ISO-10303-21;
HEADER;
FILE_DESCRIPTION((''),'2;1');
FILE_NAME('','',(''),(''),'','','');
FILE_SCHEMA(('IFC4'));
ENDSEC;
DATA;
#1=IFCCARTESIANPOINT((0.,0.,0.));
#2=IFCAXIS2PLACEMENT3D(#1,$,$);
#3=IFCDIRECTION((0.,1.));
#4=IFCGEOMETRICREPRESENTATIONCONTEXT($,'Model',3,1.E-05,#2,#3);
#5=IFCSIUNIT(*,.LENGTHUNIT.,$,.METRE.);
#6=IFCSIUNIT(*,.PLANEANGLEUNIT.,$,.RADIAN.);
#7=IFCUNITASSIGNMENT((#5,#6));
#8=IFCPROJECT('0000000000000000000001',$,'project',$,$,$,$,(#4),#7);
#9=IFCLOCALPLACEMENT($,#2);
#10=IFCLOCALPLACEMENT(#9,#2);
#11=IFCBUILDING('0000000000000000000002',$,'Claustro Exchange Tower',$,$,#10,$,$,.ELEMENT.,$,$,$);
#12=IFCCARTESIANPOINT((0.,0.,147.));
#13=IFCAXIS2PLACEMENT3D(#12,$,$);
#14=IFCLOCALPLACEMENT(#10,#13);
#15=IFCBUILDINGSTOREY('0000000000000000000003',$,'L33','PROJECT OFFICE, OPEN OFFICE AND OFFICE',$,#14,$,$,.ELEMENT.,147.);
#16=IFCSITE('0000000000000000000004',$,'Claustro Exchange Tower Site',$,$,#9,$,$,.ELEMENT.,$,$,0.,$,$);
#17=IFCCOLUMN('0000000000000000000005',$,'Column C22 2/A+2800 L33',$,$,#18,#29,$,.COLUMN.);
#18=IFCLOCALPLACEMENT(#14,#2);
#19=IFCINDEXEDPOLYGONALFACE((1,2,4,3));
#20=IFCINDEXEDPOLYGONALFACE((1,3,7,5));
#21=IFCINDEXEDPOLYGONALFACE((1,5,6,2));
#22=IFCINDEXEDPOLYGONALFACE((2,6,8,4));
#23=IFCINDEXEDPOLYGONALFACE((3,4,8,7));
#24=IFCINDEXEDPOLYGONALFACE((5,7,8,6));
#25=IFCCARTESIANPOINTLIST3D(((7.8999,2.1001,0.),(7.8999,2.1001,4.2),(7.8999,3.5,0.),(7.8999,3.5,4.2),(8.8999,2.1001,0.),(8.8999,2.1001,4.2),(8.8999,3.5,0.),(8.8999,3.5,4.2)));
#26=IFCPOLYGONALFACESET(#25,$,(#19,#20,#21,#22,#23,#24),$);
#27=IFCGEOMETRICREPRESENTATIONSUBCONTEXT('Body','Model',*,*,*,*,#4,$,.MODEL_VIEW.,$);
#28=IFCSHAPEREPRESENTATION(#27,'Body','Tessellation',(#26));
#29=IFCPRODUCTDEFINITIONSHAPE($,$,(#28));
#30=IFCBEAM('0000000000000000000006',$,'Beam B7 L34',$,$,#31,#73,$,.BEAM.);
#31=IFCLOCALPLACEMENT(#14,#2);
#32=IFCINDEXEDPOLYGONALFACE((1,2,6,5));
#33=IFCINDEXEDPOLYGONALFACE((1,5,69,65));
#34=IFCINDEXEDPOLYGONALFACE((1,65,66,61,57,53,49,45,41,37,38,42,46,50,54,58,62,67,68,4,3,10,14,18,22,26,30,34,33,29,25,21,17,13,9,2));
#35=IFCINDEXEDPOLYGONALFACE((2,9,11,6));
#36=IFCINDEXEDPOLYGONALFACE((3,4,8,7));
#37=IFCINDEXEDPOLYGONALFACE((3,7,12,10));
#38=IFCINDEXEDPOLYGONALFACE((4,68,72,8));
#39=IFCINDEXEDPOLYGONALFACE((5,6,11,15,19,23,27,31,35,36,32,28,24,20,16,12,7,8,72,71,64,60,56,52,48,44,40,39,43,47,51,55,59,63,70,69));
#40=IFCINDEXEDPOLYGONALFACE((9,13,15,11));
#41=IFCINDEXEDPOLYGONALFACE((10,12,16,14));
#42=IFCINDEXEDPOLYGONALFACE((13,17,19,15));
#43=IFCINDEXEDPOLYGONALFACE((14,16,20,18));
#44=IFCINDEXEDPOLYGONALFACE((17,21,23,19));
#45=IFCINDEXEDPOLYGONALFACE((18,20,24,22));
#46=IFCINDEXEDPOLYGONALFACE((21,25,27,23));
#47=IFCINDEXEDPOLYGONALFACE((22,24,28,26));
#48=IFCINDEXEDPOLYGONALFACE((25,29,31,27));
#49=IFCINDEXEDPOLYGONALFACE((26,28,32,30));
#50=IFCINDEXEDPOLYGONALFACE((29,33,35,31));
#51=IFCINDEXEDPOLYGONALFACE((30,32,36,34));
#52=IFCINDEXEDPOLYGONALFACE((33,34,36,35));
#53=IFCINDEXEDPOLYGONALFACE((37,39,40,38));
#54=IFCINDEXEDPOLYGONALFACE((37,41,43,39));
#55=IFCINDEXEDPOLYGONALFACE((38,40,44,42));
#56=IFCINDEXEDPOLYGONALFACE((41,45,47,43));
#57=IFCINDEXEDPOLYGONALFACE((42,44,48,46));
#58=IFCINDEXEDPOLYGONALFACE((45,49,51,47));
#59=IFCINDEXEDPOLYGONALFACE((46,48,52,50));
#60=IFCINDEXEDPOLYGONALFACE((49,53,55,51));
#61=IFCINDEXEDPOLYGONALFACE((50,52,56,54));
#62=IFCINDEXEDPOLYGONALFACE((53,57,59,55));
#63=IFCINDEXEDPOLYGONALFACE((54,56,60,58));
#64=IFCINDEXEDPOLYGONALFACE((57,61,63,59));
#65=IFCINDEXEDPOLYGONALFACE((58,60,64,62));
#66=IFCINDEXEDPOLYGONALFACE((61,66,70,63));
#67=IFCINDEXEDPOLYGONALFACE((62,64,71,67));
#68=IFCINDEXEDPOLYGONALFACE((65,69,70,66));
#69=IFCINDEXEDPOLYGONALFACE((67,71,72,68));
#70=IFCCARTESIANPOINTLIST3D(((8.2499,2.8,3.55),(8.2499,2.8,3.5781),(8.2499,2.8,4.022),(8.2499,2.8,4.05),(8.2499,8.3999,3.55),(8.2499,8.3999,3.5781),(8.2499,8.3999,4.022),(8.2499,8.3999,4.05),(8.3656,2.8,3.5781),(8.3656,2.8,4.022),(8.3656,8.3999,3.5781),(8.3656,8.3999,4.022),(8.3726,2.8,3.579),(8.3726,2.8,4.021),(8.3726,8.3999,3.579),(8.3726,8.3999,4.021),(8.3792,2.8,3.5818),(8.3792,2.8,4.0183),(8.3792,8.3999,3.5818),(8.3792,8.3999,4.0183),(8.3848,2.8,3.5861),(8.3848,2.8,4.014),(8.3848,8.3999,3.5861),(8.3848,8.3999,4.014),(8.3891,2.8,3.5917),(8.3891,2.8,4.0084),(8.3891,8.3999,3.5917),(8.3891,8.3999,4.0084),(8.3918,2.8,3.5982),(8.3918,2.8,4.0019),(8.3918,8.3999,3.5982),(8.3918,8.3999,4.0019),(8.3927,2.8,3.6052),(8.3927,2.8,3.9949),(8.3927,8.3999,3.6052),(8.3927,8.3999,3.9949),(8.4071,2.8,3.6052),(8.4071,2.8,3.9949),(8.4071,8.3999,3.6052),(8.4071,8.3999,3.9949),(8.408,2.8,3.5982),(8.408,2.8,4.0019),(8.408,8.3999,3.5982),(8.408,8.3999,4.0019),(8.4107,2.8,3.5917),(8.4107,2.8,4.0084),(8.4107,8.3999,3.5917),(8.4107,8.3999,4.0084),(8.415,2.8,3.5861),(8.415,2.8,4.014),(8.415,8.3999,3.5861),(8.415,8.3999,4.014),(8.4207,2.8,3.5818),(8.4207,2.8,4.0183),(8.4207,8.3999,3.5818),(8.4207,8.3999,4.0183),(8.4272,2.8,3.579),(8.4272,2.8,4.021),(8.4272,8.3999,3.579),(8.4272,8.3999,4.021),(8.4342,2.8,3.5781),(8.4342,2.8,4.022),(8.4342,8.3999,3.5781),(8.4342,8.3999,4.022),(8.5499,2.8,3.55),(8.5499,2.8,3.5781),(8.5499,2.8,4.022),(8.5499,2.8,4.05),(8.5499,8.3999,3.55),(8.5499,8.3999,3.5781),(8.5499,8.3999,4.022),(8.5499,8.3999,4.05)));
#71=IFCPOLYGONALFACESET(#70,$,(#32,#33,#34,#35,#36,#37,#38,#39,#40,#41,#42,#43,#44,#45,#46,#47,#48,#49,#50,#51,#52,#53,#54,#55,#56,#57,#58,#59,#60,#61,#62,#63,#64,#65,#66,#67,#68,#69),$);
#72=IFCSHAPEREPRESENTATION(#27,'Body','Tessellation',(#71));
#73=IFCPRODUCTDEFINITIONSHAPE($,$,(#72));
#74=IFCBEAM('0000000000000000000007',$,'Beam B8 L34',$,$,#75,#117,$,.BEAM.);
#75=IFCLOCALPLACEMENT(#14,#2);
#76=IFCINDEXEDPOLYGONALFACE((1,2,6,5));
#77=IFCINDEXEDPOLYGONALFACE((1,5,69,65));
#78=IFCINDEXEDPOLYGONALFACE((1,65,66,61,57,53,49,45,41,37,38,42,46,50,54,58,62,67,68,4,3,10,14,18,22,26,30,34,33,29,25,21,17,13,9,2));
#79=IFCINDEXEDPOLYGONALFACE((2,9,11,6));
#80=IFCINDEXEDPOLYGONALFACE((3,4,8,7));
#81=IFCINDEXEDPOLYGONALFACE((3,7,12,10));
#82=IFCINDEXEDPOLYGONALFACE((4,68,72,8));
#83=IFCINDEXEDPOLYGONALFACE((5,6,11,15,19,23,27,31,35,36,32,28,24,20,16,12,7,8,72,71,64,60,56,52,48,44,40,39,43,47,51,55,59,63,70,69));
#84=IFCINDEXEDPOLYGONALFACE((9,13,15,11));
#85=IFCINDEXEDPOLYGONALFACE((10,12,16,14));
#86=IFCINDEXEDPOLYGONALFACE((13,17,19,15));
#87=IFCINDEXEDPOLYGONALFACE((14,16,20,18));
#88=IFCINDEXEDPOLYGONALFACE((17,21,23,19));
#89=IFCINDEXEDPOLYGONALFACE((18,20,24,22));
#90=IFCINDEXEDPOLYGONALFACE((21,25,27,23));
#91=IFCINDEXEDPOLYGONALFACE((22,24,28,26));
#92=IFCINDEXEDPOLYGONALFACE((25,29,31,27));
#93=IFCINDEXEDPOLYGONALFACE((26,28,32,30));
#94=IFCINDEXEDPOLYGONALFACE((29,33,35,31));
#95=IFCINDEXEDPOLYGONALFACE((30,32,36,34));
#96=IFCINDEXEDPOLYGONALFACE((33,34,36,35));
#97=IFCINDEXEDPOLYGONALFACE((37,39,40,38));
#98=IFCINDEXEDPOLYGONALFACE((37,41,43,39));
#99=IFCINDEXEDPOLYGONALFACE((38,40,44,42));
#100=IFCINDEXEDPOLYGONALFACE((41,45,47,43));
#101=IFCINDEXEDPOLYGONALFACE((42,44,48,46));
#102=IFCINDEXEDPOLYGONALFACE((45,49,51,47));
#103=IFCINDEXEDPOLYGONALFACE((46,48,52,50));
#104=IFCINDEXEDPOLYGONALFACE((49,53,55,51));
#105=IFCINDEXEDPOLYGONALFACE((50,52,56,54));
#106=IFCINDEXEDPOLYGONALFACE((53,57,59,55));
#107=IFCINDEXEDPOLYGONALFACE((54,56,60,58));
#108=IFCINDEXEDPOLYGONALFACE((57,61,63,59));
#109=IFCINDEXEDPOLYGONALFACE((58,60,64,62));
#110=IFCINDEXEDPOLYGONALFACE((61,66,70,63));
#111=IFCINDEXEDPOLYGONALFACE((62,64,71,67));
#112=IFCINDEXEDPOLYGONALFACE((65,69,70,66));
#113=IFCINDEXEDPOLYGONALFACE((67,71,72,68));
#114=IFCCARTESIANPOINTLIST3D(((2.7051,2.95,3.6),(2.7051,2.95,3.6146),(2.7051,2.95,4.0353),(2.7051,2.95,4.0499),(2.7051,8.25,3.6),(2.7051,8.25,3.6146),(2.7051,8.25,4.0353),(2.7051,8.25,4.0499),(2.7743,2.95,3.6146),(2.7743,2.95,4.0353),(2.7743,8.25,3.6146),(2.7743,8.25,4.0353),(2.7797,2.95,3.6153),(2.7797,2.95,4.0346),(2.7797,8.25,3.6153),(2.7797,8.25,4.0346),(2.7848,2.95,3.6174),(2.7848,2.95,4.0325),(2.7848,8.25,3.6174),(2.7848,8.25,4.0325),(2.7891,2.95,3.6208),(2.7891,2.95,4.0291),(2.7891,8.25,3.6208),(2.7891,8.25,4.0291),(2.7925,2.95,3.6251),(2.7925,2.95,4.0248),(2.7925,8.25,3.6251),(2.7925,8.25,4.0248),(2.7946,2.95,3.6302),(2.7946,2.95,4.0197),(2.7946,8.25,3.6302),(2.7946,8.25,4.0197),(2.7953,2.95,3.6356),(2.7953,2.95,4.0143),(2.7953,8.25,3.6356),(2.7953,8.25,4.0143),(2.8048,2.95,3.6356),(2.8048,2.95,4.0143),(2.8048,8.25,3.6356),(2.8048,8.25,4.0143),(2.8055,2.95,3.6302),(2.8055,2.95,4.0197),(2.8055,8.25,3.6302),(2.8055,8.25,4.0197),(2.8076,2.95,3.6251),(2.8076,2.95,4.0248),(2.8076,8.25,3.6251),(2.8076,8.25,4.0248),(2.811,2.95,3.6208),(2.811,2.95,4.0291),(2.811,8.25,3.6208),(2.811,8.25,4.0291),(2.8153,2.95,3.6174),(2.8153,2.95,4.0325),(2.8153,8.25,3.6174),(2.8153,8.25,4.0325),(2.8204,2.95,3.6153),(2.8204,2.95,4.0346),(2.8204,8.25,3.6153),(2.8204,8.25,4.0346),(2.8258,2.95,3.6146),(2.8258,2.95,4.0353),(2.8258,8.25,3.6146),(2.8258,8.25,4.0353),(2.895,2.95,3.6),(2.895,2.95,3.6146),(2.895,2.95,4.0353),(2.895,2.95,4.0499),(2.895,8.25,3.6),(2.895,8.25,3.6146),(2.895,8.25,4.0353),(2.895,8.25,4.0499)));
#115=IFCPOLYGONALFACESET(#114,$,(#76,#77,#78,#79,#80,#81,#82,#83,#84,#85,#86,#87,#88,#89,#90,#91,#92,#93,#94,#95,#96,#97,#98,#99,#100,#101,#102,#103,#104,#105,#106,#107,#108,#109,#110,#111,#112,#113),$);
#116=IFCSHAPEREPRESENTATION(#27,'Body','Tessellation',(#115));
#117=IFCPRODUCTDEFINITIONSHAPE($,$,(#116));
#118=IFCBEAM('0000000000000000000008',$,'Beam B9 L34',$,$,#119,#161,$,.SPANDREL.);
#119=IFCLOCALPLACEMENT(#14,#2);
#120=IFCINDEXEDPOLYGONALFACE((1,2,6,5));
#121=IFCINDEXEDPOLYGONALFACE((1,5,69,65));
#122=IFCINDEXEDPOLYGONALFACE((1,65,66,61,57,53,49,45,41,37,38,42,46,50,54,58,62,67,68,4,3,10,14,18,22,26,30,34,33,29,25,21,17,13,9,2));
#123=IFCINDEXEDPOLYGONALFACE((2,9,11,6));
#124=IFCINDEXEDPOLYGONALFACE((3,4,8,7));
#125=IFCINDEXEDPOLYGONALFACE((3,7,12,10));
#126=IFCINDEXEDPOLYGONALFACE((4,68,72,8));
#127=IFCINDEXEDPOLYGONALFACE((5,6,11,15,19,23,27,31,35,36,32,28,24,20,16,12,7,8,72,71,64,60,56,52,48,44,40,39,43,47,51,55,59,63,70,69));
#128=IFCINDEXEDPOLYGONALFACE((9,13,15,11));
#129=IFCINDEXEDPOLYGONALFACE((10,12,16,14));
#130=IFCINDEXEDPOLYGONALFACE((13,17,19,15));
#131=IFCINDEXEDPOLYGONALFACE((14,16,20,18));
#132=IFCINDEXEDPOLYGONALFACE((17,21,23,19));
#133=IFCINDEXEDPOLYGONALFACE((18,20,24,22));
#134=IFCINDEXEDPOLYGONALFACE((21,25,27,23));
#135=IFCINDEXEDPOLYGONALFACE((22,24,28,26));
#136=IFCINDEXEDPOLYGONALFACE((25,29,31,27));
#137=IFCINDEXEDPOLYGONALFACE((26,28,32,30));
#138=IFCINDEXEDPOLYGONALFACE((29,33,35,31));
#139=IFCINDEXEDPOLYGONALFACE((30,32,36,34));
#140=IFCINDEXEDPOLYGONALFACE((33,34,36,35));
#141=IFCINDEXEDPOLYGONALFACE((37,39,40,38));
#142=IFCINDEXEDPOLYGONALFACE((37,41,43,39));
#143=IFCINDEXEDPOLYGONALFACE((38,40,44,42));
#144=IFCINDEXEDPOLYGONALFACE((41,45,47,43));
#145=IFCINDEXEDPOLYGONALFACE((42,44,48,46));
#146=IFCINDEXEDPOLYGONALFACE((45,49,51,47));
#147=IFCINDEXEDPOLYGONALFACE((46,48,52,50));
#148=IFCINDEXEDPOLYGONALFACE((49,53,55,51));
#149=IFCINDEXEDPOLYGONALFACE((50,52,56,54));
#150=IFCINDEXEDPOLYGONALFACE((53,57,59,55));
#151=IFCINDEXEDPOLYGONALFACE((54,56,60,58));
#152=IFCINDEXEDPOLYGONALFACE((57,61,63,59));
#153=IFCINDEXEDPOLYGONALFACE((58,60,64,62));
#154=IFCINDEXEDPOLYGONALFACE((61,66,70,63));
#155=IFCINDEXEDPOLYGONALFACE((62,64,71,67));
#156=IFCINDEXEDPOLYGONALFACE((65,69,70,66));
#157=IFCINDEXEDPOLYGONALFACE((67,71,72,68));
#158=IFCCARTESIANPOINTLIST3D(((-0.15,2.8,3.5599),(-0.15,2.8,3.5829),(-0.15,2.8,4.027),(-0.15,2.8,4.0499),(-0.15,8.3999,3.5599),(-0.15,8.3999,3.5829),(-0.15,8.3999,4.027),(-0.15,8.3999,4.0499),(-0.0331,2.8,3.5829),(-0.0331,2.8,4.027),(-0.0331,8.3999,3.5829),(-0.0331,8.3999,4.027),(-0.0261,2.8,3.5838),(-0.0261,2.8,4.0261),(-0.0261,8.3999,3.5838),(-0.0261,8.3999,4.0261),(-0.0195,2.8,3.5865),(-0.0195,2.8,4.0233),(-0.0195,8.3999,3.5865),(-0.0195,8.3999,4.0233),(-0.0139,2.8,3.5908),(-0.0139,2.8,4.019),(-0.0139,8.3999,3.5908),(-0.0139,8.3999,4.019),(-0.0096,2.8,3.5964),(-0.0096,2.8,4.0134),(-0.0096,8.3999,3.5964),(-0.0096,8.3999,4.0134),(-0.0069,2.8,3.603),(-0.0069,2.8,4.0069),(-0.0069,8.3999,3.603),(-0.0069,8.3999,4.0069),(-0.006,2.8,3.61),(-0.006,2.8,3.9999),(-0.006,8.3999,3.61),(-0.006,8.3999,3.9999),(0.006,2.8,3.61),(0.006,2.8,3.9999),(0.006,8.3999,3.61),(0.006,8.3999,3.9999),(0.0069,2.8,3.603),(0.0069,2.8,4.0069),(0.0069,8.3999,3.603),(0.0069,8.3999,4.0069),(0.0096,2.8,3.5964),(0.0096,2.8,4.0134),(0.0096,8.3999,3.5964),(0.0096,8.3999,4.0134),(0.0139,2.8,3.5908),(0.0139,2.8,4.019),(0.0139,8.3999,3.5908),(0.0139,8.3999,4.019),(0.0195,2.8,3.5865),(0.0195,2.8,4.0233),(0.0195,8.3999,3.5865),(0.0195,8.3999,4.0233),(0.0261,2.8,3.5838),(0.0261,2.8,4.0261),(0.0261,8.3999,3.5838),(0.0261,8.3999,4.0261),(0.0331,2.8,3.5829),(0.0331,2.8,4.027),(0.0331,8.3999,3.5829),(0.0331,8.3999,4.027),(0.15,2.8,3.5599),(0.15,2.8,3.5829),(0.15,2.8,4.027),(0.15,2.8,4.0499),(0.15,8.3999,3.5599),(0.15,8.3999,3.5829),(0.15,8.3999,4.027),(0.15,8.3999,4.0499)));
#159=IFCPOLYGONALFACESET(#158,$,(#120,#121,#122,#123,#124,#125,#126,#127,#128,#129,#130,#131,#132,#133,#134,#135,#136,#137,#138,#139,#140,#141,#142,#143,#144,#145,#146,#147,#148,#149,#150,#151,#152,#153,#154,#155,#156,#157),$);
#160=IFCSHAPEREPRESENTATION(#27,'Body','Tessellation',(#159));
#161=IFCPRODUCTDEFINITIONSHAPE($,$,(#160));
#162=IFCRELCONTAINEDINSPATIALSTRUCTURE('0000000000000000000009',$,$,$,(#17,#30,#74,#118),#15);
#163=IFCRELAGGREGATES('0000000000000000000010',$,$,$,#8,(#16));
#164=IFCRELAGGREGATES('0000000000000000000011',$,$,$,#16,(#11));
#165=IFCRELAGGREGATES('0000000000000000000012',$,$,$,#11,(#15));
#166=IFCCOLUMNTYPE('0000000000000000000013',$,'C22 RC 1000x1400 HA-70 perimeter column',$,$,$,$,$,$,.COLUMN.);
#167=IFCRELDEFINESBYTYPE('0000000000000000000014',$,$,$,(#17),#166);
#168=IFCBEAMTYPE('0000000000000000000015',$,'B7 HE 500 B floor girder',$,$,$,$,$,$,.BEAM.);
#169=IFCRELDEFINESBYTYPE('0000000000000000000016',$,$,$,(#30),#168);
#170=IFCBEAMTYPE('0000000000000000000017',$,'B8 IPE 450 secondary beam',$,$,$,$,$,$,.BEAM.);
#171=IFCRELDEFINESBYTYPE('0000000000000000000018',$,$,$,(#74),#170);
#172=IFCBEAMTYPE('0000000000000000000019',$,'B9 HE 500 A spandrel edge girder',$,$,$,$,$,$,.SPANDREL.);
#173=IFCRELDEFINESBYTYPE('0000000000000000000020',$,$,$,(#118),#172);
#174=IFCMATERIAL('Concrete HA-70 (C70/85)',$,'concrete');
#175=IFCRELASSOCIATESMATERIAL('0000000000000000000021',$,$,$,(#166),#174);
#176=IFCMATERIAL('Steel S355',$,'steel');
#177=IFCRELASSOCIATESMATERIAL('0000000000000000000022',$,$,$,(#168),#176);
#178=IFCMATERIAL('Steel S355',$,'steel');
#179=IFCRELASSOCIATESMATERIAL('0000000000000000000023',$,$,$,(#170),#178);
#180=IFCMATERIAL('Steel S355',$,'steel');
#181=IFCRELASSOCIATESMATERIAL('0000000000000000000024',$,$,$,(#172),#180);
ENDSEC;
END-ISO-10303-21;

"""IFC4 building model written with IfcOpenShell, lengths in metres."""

from ifc_helpers import new_model, si_unit, direction, frame, origin, origin_2d, place, context, subcontext, project, spatial, rectangle, i_section, extrude, material, material_profile, profile_set, type_object, element, save


model = new_model("IFC4")

# Units and contexts
model_context = context("Model", 3, precision=1e-05, world=origin(), true_north=direction((0.0, 1.0)))
body_context = subcontext(model_context, "Body", "Model", "MODEL_VIEW")
ifc_project = project(units=[si_unit("LENGTHUNIT", "METRE"), si_unit("PLANEANGLEUNIT", "RADIAN")], contexts=[model_context])

# Site, building, storey
site_placement = place(None, origin())
site = spatial("IfcSite", under=ifc_project, at=site_placement, Name="Claustro Exchange Tower Site", CompositionType="ELEMENT", RefElevation=0.0)
building_placement = place(site_placement, origin())
building = spatial("IfcBuilding", under=site, at=building_placement, Name="Claustro Exchange Tower", CompositionType="ELEMENT")
storey_placement = place(building_placement, frame((0.0, 0.0, 147.0)))
storey = spatial("IfcBuildingStorey", under=building, at=storey_placement, Name="L33", Description="PROJECT OFFICE, OPEN OFFICE AND OFFICE", CompositionType="ELEMENT", Elevation=147.0)

# Column
ifc_material_1 = material(Name="Concrete HA-70 (C70/85)", Category="concrete")
ifc_material_profile_1 = material_profile(ifc_material_1, rectangle(XDim=1.0, YDim=1.3999, at=origin_2d()), Name="RC 1000x1400")
ifc_profile_set_1 = profile_set([ifc_material_profile_1], Name="Concrete HA-70 (C70/85)")
column_type = type_object("IfcColumnType", Name="C22 RC 1000x1400 HA-70 perimeter column", PredefinedType="COLUMN", material=ifc_profile_set_1)
column_placement = place(storey_placement, frame((8.3999, 2.8, 0.0), z_axis=(0.0, 0.0, 1.0), x_axis=(1.0, 0.0, 0.0)))
element("IfcColumn", 1, at=column_placement, inside=storey, type_object=column_type, Name="Column C22 2/A+2800 L33", PredefinedType="COLUMN", context=body_context, shape_type="SweptSolid", body=[
    extrude(rectangle(XDim=1.0, YDim=1.3999, at=origin_2d()), origin(), (0.0, 0.0, 1.0), 4.2),
])

# Beams
ifc_material_2 = material(Name="Steel S355", Category="steel")
ifc_material_profile_2 = material_profile(ifc_material_2, i_section(OverallWidth=0.3, OverallDepth=0.5, WebThickness=0.0144, FlangeThickness=0.0281, FilletRadius=0.0271, at=origin_2d()), Name="HE 500 B")
ifc_profile_set_2 = profile_set([ifc_material_profile_2], Name="Steel S355")
beam_type_1 = type_object("IfcBeamType", Name="B7 HE 500 B floor girder", PredefinedType="BEAM", material=ifc_profile_set_2)
beam_1_placement = place(storey_placement, frame((8.3999, 2.8, 3.8), z_axis=(0.0, 1.0, 0.0), x_axis=(-1.0, 0.0, 0.0)))
element("IfcBeam", 2, at=beam_1_placement, inside=storey, type_object=beam_type_1, Name="Beam B7 L34", PredefinedType="BEAM", context=body_context, shape_type="SweptSolid", body=[
    extrude(i_section(OverallWidth=0.3, OverallDepth=0.5, WebThickness=0.0144, FlangeThickness=0.0281, FilletRadius=0.0271, at=origin_2d()), origin(), (0.0, 0.0, 1.0), 5.5999),
])
ifc_material_3 = material(Name="Steel S355", Category="steel")
ifc_material_profile_3 = material_profile(ifc_material_3, i_section(OverallWidth=0.1899, OverallDepth=0.45, WebThickness=0.0095, FlangeThickness=0.0146, FilletRadius=0.021, at=origin_2d()), Name="IPE 450")
ifc_profile_set_3 = profile_set([ifc_material_profile_3], Name="Steel S355")
beam_type_2 = type_object("IfcBeamType", Name="B8 IPE 450 secondary beam", PredefinedType="BEAM", material=ifc_profile_set_3)
beam_2_placement = place(storey_placement, frame((2.8, 2.95, 3.825), z_axis=(0.0, 1.0, 0.0), x_axis=(-1.0, 0.0, 0.0)))
element("IfcBeam", 3, at=beam_2_placement, inside=storey, type_object=beam_type_2, Name="Beam B8 L34", PredefinedType="BEAM", context=body_context, shape_type="SweptSolid", body=[
    extrude(i_section(OverallWidth=0.1899, OverallDepth=0.45, WebThickness=0.0095, FlangeThickness=0.0146, FilletRadius=0.021, at=origin_2d()), origin(), (0.0, 0.0, 1.0), 5.3),
])
ifc_material_4 = material(Name="Steel S355", Category="steel")
ifc_material_profile_4 = material_profile(ifc_material_4, i_section(OverallWidth=0.3, OverallDepth=0.49, WebThickness=0.012, FlangeThickness=0.0229, FilletRadius=0.0271, at=origin_2d()), Name="HE 500 A")
ifc_profile_set_4 = profile_set([ifc_material_profile_4], Name="Steel S355")
beam_type_3 = type_object("IfcBeamType", Name="B9 HE 500 A spandrel edge girder", PredefinedType="SPANDREL", material=ifc_profile_set_4)
beam_3_placement = place(storey_placement, frame((0.0, 2.8, 3.8049), z_axis=(0.0, 1.0, 0.0), x_axis=(-1.0, 0.0, 0.0)))
element("IfcBeam", 4, at=beam_3_placement, inside=storey, type_object=beam_type_3, Name="Beam B9 L34", PredefinedType="SPANDREL", context=body_context, shape_type="SweptSolid", body=[
    extrude(i_section(OverallWidth=0.3, OverallDepth=0.49, WebThickness=0.012, FlangeThickness=0.0229, FilletRadius=0.0271, at=origin_2d()), origin(), (0.0, 0.0, 1.0), 5.5999),
])

save(model, "model.ifc")
